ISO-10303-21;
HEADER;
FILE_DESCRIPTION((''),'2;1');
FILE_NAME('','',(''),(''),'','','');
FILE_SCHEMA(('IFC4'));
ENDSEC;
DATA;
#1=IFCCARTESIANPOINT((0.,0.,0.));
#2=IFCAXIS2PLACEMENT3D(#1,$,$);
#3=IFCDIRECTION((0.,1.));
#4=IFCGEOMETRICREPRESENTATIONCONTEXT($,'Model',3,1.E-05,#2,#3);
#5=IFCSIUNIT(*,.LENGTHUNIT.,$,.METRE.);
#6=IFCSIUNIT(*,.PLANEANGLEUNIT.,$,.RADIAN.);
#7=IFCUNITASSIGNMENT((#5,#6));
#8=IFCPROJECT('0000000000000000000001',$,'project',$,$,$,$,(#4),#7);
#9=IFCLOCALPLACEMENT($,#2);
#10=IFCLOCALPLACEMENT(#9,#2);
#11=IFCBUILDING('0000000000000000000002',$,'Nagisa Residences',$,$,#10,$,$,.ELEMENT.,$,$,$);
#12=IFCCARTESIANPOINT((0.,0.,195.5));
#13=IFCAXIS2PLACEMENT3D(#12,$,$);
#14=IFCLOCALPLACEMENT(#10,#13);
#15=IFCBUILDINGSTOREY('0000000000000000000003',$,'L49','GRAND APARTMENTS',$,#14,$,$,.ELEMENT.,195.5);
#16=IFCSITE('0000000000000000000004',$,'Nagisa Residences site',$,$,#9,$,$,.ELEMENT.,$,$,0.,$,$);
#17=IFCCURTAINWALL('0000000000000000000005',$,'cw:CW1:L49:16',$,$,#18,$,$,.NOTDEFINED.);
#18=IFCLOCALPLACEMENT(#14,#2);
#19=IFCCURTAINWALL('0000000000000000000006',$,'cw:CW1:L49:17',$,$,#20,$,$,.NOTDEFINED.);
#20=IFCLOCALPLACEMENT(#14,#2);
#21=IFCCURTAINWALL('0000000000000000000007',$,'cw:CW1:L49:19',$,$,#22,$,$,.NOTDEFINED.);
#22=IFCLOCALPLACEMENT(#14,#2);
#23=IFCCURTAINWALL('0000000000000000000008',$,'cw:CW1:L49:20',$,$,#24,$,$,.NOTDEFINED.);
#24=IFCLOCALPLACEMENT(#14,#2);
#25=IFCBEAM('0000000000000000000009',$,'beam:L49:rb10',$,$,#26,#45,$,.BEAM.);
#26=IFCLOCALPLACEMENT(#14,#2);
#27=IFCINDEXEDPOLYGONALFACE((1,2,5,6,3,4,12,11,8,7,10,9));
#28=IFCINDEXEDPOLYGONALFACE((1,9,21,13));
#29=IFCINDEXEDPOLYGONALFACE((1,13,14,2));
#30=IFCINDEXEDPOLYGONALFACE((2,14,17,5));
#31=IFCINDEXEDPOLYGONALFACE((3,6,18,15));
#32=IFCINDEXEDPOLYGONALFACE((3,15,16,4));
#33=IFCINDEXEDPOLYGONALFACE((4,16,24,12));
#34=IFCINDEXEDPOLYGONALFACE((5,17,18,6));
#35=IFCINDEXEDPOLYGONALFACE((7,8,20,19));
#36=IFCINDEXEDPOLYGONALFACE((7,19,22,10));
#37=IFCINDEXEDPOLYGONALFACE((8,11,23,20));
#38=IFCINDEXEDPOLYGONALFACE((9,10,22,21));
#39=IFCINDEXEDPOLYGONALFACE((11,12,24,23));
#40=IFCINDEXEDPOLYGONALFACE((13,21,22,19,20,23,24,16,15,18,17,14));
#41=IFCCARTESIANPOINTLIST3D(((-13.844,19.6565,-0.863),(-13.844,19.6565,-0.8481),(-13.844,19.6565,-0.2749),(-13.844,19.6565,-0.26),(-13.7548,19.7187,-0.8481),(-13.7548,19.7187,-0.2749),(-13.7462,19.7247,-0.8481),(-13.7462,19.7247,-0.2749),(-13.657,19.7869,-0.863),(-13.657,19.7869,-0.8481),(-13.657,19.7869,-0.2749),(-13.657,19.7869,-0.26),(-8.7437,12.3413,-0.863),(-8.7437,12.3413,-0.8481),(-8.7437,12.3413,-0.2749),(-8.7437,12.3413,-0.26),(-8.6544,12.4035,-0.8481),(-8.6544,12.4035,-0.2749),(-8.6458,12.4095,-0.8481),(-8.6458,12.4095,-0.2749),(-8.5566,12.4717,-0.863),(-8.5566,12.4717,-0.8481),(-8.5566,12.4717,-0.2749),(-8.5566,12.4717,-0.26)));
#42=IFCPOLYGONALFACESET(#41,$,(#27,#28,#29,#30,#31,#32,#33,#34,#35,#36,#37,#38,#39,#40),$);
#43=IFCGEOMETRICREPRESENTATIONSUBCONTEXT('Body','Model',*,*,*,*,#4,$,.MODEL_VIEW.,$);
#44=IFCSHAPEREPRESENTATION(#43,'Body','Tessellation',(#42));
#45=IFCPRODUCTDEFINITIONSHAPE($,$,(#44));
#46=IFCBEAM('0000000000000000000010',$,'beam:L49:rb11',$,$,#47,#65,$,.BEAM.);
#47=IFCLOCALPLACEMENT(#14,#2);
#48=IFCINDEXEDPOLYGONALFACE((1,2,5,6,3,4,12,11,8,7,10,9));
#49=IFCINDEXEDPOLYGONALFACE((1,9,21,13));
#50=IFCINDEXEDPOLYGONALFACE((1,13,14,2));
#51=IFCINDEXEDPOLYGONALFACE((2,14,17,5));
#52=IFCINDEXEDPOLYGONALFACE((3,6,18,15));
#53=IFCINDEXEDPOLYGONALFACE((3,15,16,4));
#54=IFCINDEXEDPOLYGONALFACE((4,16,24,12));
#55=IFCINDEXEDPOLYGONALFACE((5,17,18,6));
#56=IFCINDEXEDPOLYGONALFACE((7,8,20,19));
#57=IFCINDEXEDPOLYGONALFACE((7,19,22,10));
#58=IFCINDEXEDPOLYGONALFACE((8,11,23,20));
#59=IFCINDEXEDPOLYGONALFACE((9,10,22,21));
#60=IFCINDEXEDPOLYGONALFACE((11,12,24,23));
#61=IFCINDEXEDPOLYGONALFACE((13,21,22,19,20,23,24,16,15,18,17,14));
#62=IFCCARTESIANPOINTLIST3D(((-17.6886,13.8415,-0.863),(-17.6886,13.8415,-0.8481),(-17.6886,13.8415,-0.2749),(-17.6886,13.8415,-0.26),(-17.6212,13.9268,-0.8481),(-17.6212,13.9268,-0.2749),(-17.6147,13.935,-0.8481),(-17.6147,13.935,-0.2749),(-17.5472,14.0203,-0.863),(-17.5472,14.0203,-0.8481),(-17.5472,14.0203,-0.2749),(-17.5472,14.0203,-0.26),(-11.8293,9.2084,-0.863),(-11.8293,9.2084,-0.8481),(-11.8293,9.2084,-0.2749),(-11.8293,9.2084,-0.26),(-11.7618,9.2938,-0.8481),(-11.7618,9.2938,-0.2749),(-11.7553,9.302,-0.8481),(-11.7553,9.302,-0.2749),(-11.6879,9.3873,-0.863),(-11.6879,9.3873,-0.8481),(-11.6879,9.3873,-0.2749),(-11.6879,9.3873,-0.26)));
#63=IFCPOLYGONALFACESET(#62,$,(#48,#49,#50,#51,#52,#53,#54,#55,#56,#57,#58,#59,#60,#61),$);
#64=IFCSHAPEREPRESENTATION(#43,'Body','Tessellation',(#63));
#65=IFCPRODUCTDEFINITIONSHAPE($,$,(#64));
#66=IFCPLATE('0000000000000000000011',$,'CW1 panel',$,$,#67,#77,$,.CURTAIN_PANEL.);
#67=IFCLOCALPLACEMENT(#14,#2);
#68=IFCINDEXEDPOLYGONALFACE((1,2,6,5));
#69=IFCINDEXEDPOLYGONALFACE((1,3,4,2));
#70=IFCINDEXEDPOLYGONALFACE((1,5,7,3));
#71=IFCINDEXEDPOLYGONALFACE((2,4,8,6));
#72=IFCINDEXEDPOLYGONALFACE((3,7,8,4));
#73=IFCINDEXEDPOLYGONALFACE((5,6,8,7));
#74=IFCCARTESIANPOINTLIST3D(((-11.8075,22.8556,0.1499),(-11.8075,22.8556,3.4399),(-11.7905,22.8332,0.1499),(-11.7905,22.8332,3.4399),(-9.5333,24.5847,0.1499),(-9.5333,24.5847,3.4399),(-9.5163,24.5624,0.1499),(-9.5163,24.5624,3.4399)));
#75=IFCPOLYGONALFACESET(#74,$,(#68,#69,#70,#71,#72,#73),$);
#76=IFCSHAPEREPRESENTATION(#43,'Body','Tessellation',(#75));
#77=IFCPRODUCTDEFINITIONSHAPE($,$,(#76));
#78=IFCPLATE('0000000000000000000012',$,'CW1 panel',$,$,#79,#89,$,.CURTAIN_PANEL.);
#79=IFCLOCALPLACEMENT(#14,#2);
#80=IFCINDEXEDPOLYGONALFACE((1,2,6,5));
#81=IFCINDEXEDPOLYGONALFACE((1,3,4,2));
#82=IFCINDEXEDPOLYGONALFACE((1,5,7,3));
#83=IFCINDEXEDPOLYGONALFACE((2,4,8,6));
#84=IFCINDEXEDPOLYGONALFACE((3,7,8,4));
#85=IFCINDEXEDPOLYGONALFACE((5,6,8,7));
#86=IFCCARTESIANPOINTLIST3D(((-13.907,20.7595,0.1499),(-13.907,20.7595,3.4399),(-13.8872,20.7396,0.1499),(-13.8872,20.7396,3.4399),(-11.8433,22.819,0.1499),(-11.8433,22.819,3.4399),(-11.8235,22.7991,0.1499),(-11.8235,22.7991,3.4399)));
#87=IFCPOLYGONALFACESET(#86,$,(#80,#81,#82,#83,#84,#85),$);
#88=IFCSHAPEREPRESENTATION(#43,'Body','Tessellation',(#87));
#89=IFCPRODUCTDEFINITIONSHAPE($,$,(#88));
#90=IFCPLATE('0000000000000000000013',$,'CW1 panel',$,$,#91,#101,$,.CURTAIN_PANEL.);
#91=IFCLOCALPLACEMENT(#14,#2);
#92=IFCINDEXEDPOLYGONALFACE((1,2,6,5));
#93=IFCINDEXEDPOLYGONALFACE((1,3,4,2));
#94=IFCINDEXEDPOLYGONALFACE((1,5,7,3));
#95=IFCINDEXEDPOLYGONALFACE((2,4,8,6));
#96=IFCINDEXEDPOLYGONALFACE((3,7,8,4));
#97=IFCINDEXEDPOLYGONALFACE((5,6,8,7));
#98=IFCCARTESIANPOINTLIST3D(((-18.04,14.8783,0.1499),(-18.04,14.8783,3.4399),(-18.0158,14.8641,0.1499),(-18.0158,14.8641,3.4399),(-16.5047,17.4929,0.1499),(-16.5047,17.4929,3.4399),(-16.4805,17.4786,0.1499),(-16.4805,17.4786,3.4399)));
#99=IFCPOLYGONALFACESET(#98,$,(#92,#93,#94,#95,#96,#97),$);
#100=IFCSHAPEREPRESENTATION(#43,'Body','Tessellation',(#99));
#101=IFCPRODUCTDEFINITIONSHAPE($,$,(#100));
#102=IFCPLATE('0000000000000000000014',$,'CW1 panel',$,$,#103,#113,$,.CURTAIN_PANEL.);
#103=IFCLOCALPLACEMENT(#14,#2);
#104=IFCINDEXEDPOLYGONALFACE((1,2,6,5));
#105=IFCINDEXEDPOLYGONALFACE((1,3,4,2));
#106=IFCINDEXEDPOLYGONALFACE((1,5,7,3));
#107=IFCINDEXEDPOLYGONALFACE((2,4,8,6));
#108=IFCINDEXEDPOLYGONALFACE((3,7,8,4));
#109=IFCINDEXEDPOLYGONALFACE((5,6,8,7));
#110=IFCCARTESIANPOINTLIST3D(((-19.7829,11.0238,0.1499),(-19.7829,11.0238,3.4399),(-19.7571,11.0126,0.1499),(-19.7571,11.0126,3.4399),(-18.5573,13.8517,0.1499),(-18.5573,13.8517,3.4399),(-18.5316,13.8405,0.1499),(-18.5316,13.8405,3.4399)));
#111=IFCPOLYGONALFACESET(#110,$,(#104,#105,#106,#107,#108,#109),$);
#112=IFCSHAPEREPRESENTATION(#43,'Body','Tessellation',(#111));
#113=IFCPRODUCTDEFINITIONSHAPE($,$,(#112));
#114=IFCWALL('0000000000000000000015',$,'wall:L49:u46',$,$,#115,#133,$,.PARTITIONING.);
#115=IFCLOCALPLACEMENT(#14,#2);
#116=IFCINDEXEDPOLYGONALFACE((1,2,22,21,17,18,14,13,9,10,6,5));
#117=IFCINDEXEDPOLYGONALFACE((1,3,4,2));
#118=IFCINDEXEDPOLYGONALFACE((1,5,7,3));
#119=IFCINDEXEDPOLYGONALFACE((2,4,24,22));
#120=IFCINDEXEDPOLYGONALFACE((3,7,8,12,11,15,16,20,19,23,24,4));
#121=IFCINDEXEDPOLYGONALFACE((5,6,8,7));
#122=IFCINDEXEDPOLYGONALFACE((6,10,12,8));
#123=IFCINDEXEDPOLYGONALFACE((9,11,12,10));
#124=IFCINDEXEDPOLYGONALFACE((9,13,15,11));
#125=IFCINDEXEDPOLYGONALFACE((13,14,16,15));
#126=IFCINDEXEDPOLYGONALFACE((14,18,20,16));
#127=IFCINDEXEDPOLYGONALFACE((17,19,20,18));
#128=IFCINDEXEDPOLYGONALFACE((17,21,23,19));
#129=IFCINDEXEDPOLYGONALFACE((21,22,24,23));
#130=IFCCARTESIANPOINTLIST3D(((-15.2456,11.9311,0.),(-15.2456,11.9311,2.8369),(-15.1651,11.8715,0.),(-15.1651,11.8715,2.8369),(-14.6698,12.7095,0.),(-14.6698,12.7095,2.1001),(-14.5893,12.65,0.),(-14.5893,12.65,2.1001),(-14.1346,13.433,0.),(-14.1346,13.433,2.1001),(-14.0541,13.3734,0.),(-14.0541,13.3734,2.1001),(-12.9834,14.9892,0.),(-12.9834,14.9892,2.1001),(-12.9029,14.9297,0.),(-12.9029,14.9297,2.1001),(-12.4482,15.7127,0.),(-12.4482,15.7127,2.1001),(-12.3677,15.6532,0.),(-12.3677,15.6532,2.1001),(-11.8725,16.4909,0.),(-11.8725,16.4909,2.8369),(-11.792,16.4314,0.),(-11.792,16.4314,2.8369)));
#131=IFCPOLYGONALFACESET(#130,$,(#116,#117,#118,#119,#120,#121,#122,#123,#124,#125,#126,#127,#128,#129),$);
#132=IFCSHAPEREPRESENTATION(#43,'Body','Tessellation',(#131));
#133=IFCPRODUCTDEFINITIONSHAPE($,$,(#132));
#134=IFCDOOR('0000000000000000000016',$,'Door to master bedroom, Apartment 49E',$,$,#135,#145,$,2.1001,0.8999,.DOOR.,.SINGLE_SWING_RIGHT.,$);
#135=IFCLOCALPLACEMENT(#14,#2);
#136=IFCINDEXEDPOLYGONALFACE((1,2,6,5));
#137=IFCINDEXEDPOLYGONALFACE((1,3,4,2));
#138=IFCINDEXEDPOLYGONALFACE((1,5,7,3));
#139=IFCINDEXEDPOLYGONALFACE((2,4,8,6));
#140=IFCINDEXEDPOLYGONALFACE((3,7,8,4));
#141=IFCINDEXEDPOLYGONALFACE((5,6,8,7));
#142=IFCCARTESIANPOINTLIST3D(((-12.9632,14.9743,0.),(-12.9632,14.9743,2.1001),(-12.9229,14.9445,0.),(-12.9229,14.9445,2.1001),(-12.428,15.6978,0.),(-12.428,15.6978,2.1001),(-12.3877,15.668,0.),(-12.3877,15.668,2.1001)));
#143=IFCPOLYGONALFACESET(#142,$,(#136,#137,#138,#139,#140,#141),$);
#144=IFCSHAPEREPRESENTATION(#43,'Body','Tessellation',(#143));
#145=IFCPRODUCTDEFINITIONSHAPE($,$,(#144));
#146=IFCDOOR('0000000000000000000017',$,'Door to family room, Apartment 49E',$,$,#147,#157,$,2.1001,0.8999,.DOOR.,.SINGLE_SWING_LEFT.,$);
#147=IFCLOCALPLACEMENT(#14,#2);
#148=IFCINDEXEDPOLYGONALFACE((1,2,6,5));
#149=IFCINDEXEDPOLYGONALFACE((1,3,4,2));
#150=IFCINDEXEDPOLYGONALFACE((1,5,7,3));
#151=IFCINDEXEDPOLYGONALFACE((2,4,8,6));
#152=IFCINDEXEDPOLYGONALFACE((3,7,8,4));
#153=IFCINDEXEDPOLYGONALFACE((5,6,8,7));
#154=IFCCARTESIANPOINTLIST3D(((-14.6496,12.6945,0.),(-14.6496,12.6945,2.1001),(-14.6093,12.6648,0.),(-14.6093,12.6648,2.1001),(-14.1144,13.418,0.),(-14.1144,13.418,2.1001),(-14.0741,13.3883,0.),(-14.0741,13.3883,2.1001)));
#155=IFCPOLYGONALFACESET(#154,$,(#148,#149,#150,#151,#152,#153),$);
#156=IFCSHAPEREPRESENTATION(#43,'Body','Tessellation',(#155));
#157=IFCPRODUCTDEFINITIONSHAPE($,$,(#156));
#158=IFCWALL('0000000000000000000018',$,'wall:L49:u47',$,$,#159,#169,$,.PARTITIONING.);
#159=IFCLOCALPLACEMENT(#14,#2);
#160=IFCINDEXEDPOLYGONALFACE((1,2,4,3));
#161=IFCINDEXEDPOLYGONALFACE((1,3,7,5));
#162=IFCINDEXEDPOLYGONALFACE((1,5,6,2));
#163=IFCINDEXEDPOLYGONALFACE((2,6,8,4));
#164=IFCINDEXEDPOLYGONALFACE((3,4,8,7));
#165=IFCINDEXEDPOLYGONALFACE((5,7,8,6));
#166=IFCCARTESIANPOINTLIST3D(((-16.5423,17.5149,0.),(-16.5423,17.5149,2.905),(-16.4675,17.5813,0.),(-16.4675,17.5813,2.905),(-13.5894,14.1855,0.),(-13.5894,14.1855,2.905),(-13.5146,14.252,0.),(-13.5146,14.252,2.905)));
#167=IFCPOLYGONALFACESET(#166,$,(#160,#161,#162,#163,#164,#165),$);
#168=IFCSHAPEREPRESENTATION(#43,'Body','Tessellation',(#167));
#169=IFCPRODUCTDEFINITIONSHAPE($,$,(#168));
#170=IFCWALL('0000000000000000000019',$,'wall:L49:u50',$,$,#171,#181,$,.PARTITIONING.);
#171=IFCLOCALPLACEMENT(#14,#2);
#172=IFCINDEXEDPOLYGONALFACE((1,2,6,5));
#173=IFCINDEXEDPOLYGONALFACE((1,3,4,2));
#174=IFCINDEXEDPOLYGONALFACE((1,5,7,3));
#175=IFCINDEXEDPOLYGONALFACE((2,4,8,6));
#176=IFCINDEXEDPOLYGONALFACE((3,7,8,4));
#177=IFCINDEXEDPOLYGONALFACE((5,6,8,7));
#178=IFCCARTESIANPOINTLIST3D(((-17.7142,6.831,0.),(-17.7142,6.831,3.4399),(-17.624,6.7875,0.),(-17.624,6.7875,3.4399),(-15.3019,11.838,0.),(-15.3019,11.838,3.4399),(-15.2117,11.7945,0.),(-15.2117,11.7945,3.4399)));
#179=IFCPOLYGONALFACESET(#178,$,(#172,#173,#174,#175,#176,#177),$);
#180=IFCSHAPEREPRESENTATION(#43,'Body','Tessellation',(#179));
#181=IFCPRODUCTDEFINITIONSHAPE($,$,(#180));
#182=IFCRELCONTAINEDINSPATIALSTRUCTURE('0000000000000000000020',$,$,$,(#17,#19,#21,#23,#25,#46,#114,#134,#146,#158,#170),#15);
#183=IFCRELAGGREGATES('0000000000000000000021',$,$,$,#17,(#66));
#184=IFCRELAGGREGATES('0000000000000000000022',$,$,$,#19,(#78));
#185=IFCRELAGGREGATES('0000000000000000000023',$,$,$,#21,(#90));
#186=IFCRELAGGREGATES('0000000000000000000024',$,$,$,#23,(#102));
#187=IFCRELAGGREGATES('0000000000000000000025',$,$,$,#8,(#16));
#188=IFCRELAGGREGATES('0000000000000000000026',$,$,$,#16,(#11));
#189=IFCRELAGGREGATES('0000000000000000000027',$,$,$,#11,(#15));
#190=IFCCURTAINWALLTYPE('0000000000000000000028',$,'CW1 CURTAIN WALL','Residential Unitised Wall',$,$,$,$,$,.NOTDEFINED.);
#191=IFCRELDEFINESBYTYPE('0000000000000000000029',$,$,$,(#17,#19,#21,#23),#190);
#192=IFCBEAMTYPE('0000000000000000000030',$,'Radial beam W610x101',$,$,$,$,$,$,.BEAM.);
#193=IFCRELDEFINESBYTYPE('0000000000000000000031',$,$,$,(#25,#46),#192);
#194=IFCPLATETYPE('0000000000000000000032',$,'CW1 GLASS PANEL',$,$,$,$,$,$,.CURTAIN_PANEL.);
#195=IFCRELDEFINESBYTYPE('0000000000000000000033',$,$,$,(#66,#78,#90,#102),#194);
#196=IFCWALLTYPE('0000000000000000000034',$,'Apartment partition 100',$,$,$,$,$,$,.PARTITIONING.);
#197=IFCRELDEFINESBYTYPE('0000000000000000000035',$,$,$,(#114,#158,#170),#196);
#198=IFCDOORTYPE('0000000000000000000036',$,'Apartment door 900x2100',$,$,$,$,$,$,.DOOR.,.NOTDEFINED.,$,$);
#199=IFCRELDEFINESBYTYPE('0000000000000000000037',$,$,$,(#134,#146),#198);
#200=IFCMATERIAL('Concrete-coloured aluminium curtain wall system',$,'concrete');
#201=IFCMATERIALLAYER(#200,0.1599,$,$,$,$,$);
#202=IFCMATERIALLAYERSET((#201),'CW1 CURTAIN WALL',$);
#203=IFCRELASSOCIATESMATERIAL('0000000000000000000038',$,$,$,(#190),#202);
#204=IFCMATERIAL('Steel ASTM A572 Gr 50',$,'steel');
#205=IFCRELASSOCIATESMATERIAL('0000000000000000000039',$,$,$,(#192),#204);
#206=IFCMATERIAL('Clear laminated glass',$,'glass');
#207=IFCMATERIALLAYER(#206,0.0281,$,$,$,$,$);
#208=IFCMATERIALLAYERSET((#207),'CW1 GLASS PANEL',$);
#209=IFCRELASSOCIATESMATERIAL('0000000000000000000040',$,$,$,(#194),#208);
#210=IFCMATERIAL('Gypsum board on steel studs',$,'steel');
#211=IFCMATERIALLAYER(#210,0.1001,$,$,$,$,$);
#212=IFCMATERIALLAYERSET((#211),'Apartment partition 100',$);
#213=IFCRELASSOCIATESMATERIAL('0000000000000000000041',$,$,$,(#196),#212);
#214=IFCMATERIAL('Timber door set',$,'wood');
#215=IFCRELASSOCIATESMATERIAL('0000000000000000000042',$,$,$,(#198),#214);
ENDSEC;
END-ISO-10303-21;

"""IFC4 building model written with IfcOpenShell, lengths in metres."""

from ifc_helpers import new_model, si_unit, direction, frame, frame_2d, origin, origin_2d, place, context, subcontext, project, spatial, rectangle, i_section, extrude, material, layer, layer_set, material_profile, profile_set, type_object, element, fill, aggregate, save


model = new_model("IFC4")

# Units and contexts
model_context = context("Model", 3, precision=1e-05, world=origin(), true_north=direction((0.0, 1.0)))
body_context = subcontext(model_context, "Body", "Model", "MODEL_VIEW")
ifc_project = project(units=[si_unit("LENGTHUNIT", "METRE"), si_unit("PLANEANGLEUNIT", "RADIAN")], contexts=[model_context])

# Site, building, storey
site_placement = place(None, origin())
site = spatial("IfcSite", under=ifc_project, at=site_placement, Name="Nagisa Residences site", CompositionType="ELEMENT", RefElevation=0.0)
building_placement = place(site_placement, origin())
building = spatial("IfcBuilding", under=site, at=building_placement, Name="Nagisa Residences", CompositionType="ELEMENT")
storey_placement = place(building_placement, frame((0.0, 0.0, 195.5)))
storey = spatial("IfcBuildingStorey", under=building, at=storey_placement, Name="L49", Description="GRAND APARTMENTS", CompositionType="ELEMENT", Elevation=195.5)

# Curtain walls
ifc_material_1 = material(Name="Concrete-coloured aluminium curtain wall system", Category="concrete")
ifc_layer_1 = layer(ifc_material_1, 0.1599)
ifc_layer_set_1 = layer_set([ifc_layer_1], Name="CW1 CURTAIN WALL")
curtain_wall_type = type_object("IfcCurtainWallType", Name="CW1 CURTAIN WALL", Description="Residential Unitised Wall", PredefinedType="NOTDEFINED", material=ifc_layer_set_1)
curtain_wall_1_placement = place(storey_placement, origin())
curtain_wall_1 = element("IfcCurtainWall", 1, at=curtain_wall_1_placement, inside=storey, type_object=curtain_wall_type, Name="cw:CW1:L49:16", PredefinedType="NOTDEFINED")
curtain_wall_2_placement = place(storey_placement, origin())
curtain_wall_2 = element("IfcCurtainWall", 2, at=curtain_wall_2_placement, inside=storey, type_object=curtain_wall_type, Name="cw:CW1:L49:17", PredefinedType="NOTDEFINED")
curtain_wall_3_placement = place(storey_placement, origin())
curtain_wall_3 = element("IfcCurtainWall", 3, at=curtain_wall_3_placement, inside=storey, type_object=curtain_wall_type, Name="cw:CW1:L49:19", PredefinedType="NOTDEFINED")
curtain_wall_4_placement = place(storey_placement, origin())
curtain_wall_4 = element("IfcCurtainWall", 4, at=curtain_wall_4_placement, inside=storey, type_object=curtain_wall_type, Name="cw:CW1:L49:20", PredefinedType="NOTDEFINED")

# Beams
ifc_material_2 = material(Name="Steel ASTM A572 Gr 50", Category="steel")
ifc_material_profile_1 = material_profile(ifc_material_2, i_section(OverallWidth=0.228, OverallDepth=0.603, WebThickness=0.0105, FlangeThickness=0.0149, at=origin_2d()), Name="W610x101")
ifc_profile_set_1 = profile_set([ifc_material_profile_1], Name="Steel ASTM A572 Gr 50")
beam_type_1 = type_object("IfcBeamType", Name="Radial beam W610x101", PredefinedType="BEAM", material=ifc_profile_set_1)
beam_1_placement = place(storey_placement, frame((-13.7505, 19.7217, -0.5615), z_axis=(0.571934, -0.820299, 0.0), x_axis=(0.820299, 0.571934, 0.0)))
element("IfcBeam", 5, at=beam_1_placement, inside=storey, type_object=beam_type_1, Name="beam:L49:rb10", PredefinedType="BEAM", context=body_context, shape_type="SweptSolid", body=[
    extrude(i_section(OverallWidth=0.228, OverallDepth=0.603, WebThickness=0.0105, FlangeThickness=0.0149, at=origin_2d()), origin(), (0.0, 0.0, 1.0), 8.9177),
])
beam_2_placement = place(storey_placement, frame((-17.6179, 13.9309, -0.5615), z_axis=(0.784412, -0.620241, 0.0), x_axis=(0.620241, 0.784412, 0.0)))
element("IfcBeam", 6, at=beam_2_placement, inside=storey, type_object=beam_type_1, Name="beam:L49:rb11", PredefinedType="BEAM", context=body_context, shape_type="SweptSolid", body=[
    extrude(i_section(OverallWidth=0.228, OverallDepth=0.603, WebThickness=0.0105, FlangeThickness=0.0149, at=origin_2d()), origin(), (0.0, 0.0, 1.0), 7.4697),
])

# Plates
ifc_material_3 = material(Name="Clear laminated glass", Category="glass")
ifc_layer_2 = layer(ifc_material_3, 0.0281)
ifc_layer_set_2 = layer_set([ifc_layer_2], Name="CW1 GLASS PANEL")
plate_type = type_object("IfcPlateType", Name="CW1 GLASS PANEL", PredefinedType="CURTAIN_PANEL", material=ifc_layer_set_2)
plate_1_placement = place(storey_placement, frame((-10.6619, 23.709, 0.1499), z_axis=(0.0, 0.0, 1.0), x_axis=(-0.796031, -0.605255, 0.0)))
plate_1 = element("IfcPlate", 7, at=plate_1_placement, type_object=plate_type, Name="CW1 panel", PredefinedType="CURTAIN_PANEL", context=body_context, shape_type="SweptSolid", body=[
    extrude(rectangle(XDim=2.8569, YDim=0.0281, at=origin_2d()), origin(), (0.0, 0.0, 1.0), 3.29),
])
aggregate(curtain_wall_1, [plate_1])
plate_2_placement = place(storey_placement, frame((-12.8652, 21.7793, 0.1499), z_axis=(0.0, 0.0, 1.0), x_axis=(-0.707836, -0.706377, 0.0)))
plate_2 = element("IfcPlate", 8, at=plate_2_placement, type_object=plate_type, Name="CW1 panel", PredefinedType="CURTAIN_PANEL", context=body_context, shape_type="SweptSolid", body=[
    extrude(rectangle(XDim=2.9155, YDim=0.0281, at=origin_2d()), origin(), (0.0, 0.0, 1.0), 3.29),
])
aggregate(curtain_wall_2, [plate_2])
plate_3_placement = place(storey_placement, frame((-17.2603, 16.1785, 0.1499), z_axis=(0.0, 0.0, 1.0), x_axis=(-0.506349, -0.862329, 0.0)))
plate_3 = element("IfcPlate", 9, at=plate_3_placement, type_object=plate_type, Name="CW1 panel", PredefinedType="CURTAIN_PANEL", context=body_context, shape_type="SweptSolid", body=[
    extrude(rectangle(XDim=3.032, YDim=0.0281, at=origin_2d()), origin(), (0.0, 0.0, 1.0), 3.29),
])
aggregate(curtain_wall_3, [plate_3])
plate_4_placement = place(storey_placement, frame((-19.1572, 12.4321, 0.1499), z_axis=(0.0, 0.0, 1.0), x_axis=(-0.397636, -0.917543, 0.0)))
plate_4 = element("IfcPlate", 10, at=plate_4_placement, type_object=plate_type, Name="CW1 panel", PredefinedType="CURTAIN_PANEL", context=body_context, shape_type="SweptSolid", body=[
    extrude(rectangle(XDim=3.082, YDim=0.0281, at=origin_2d()), origin(), (0.0, 0.0, 1.0), 3.29),
])
aggregate(curtain_wall_4, [plate_4])

# Wall, openings, doors
ifc_material_4 = material(Name="Gypsum board on steel studs", Category="steel")
ifc_layer_3 = layer(ifc_material_4, 0.1001)
ifc_layer_set_3 = layer_set([ifc_layer_3], Name="Apartment partition 100")
wall_type_1 = type_object("IfcWallType", Name="Apartment partition 100", PredefinedType="PARTITIONING", material=ifc_layer_set_3)
wall_1_placement = place(storey_placement, frame((-11.8323, 16.4612, 0.0), z_axis=(0.0, 0.0, 1.0), x_axis=(-0.594704, -0.803944, 0.0)))
wall_1 = element("IfcWall", 11, at=wall_1_placement, inside=storey, type_object=wall_type_1, Name="wall:L49:u46", PredefinedType="PARTITIONING", context=body_context, shape_type="SweptSolid", body=[
    extrude(rectangle(XDim=5.6719, YDim=0.1001, at=frame_2d((2.8359, 0.0))), origin(), (0.0, 0.0, 1.0), 2.8369),
])
opening_1_placement = place(wall_1_placement, frame((0.968, 0.0, 0.0)))
opening_1 = element("IfcOpeningElement", 12, at=opening_1_placement, cuts=wall_1, PredefinedType="OPENING", context=body_context, shape_type="SweptSolid", body=[
    extrude(rectangle(XDim=0.8999, YDim=2.1001, at=frame_2d((0.45, 1.05))), frame((0.0, 0.0601, 0.0), z_axis=(0.0, -1.0, 0.0), x_axis=(1.0, 0.0, 0.0)), (0.0, 0.0, 1.0), 0.1201),
])
opening_2_placement = place(wall_1_placement, frame((3.8037, 0.0, 0.0)))
opening_2 = element("IfcOpeningElement", 13, at=opening_2_placement, cuts=wall_1, PredefinedType="OPENING", context=body_context, shape_type="SweptSolid", body=[
    extrude(rectangle(XDim=0.8999, YDim=2.1001, at=frame_2d((0.45, 1.05))), frame((0.0, 0.0601, 0.0), z_axis=(0.0, -1.0, 0.0), x_axis=(1.0, 0.0, 0.0)), (0.0, 0.0, 1.0), 0.1201),
])
ifc_material_5 = material(Name="Timber door set", Category="wood")
door_type_1 = type_object("IfcDoorType", Name="Apartment door 900x2100", OperationType="NOTDEFINED", PredefinedType="DOOR", material=ifc_material_5)
door_1_placement = place(opening_1_placement, frame((0.8999, 0.0, 0.0), x_axis=(-1.0, 0.0, 0.0)))
door_1 = element("IfcDoor", 14, at=door_1_placement, inside=storey, type_object=door_type_1, Name="Door to master bedroom, Apartment 49E", OperationType="SINGLE_SWING_RIGHT", OverallHeight=2.1001, OverallWidth=0.8999, PredefinedType="DOOR", context=body_context, shape_type="SweptSolid", body=[
    extrude(rectangle(XDim=0.8999, YDim=2.1001, at=frame_2d((0.45, 1.05))), frame((0.0, 0.0249, 0.0), z_axis=(0.0, -1.0, 0.0), x_axis=(1.0, 0.0, 0.0)), (0.0, 0.0, 1.0), 0.05),
])
fill(opening_1, door_1)
door_2_placement = place(opening_2_placement, frame((0.8999, 0.0, 0.0), x_axis=(-1.0, 0.0, 0.0)))
door_2 = element("IfcDoor", 15, at=door_2_placement, inside=storey, type_object=door_type_1, Name="Door to family room, Apartment 49E", OperationType="SINGLE_SWING_LEFT", OverallHeight=2.1001, OverallWidth=0.8999, PredefinedType="DOOR", context=body_context, shape_type="SweptSolid", body=[
    extrude(rectangle(XDim=0.8999, YDim=2.1001, at=frame_2d((0.45, 1.05))), frame((0.0, 0.0249, 0.0), z_axis=(0.0, -1.0, 0.0), x_axis=(1.0, 0.0, 0.0)), (0.0, 0.0, 1.0), 0.05),
])
fill(opening_2, door_2)

# Walls
wall_2_placement = place(storey_placement, frame((-13.552, 14.2188, 0.0), z_axis=(0.0, 0.0, 1.0), x_axis=(-0.663543, 0.748138, 0.0)))
element("IfcWall", 16, at=wall_2_placement, inside=storey, type_object=wall_type_1, Name="wall:L49:u47", PredefinedType="PARTITIONING", context=body_context, shape_type="SweptSolid", body=[
    extrude(rectangle(XDim=4.4502, YDim=0.1001, at=frame_2d((2.2251, 0.0))), origin(), (0.0, 0.0, 1.0), 2.905),
])
wall_3_placement = place(storey_placement, frame((-15.2568, 11.8162, 0.0), z_axis=(0.0, 0.0, 1.0), x_axis=(-0.43404, -0.900894, 0.0)))
element("IfcWall", 17, at=wall_3_placement, inside=storey, type_object=wall_type_1, Name="wall:L49:u50", PredefinedType="PARTITIONING", context=body_context, shape_type="SweptSolid", body=[
    extrude(rectangle(XDim=5.5579, YDim=0.1001, at=frame_2d((2.7788, 0.0))), origin(), (0.0, 0.0, 1.0), 3.4399),
])

save(model, "model.ifc")
